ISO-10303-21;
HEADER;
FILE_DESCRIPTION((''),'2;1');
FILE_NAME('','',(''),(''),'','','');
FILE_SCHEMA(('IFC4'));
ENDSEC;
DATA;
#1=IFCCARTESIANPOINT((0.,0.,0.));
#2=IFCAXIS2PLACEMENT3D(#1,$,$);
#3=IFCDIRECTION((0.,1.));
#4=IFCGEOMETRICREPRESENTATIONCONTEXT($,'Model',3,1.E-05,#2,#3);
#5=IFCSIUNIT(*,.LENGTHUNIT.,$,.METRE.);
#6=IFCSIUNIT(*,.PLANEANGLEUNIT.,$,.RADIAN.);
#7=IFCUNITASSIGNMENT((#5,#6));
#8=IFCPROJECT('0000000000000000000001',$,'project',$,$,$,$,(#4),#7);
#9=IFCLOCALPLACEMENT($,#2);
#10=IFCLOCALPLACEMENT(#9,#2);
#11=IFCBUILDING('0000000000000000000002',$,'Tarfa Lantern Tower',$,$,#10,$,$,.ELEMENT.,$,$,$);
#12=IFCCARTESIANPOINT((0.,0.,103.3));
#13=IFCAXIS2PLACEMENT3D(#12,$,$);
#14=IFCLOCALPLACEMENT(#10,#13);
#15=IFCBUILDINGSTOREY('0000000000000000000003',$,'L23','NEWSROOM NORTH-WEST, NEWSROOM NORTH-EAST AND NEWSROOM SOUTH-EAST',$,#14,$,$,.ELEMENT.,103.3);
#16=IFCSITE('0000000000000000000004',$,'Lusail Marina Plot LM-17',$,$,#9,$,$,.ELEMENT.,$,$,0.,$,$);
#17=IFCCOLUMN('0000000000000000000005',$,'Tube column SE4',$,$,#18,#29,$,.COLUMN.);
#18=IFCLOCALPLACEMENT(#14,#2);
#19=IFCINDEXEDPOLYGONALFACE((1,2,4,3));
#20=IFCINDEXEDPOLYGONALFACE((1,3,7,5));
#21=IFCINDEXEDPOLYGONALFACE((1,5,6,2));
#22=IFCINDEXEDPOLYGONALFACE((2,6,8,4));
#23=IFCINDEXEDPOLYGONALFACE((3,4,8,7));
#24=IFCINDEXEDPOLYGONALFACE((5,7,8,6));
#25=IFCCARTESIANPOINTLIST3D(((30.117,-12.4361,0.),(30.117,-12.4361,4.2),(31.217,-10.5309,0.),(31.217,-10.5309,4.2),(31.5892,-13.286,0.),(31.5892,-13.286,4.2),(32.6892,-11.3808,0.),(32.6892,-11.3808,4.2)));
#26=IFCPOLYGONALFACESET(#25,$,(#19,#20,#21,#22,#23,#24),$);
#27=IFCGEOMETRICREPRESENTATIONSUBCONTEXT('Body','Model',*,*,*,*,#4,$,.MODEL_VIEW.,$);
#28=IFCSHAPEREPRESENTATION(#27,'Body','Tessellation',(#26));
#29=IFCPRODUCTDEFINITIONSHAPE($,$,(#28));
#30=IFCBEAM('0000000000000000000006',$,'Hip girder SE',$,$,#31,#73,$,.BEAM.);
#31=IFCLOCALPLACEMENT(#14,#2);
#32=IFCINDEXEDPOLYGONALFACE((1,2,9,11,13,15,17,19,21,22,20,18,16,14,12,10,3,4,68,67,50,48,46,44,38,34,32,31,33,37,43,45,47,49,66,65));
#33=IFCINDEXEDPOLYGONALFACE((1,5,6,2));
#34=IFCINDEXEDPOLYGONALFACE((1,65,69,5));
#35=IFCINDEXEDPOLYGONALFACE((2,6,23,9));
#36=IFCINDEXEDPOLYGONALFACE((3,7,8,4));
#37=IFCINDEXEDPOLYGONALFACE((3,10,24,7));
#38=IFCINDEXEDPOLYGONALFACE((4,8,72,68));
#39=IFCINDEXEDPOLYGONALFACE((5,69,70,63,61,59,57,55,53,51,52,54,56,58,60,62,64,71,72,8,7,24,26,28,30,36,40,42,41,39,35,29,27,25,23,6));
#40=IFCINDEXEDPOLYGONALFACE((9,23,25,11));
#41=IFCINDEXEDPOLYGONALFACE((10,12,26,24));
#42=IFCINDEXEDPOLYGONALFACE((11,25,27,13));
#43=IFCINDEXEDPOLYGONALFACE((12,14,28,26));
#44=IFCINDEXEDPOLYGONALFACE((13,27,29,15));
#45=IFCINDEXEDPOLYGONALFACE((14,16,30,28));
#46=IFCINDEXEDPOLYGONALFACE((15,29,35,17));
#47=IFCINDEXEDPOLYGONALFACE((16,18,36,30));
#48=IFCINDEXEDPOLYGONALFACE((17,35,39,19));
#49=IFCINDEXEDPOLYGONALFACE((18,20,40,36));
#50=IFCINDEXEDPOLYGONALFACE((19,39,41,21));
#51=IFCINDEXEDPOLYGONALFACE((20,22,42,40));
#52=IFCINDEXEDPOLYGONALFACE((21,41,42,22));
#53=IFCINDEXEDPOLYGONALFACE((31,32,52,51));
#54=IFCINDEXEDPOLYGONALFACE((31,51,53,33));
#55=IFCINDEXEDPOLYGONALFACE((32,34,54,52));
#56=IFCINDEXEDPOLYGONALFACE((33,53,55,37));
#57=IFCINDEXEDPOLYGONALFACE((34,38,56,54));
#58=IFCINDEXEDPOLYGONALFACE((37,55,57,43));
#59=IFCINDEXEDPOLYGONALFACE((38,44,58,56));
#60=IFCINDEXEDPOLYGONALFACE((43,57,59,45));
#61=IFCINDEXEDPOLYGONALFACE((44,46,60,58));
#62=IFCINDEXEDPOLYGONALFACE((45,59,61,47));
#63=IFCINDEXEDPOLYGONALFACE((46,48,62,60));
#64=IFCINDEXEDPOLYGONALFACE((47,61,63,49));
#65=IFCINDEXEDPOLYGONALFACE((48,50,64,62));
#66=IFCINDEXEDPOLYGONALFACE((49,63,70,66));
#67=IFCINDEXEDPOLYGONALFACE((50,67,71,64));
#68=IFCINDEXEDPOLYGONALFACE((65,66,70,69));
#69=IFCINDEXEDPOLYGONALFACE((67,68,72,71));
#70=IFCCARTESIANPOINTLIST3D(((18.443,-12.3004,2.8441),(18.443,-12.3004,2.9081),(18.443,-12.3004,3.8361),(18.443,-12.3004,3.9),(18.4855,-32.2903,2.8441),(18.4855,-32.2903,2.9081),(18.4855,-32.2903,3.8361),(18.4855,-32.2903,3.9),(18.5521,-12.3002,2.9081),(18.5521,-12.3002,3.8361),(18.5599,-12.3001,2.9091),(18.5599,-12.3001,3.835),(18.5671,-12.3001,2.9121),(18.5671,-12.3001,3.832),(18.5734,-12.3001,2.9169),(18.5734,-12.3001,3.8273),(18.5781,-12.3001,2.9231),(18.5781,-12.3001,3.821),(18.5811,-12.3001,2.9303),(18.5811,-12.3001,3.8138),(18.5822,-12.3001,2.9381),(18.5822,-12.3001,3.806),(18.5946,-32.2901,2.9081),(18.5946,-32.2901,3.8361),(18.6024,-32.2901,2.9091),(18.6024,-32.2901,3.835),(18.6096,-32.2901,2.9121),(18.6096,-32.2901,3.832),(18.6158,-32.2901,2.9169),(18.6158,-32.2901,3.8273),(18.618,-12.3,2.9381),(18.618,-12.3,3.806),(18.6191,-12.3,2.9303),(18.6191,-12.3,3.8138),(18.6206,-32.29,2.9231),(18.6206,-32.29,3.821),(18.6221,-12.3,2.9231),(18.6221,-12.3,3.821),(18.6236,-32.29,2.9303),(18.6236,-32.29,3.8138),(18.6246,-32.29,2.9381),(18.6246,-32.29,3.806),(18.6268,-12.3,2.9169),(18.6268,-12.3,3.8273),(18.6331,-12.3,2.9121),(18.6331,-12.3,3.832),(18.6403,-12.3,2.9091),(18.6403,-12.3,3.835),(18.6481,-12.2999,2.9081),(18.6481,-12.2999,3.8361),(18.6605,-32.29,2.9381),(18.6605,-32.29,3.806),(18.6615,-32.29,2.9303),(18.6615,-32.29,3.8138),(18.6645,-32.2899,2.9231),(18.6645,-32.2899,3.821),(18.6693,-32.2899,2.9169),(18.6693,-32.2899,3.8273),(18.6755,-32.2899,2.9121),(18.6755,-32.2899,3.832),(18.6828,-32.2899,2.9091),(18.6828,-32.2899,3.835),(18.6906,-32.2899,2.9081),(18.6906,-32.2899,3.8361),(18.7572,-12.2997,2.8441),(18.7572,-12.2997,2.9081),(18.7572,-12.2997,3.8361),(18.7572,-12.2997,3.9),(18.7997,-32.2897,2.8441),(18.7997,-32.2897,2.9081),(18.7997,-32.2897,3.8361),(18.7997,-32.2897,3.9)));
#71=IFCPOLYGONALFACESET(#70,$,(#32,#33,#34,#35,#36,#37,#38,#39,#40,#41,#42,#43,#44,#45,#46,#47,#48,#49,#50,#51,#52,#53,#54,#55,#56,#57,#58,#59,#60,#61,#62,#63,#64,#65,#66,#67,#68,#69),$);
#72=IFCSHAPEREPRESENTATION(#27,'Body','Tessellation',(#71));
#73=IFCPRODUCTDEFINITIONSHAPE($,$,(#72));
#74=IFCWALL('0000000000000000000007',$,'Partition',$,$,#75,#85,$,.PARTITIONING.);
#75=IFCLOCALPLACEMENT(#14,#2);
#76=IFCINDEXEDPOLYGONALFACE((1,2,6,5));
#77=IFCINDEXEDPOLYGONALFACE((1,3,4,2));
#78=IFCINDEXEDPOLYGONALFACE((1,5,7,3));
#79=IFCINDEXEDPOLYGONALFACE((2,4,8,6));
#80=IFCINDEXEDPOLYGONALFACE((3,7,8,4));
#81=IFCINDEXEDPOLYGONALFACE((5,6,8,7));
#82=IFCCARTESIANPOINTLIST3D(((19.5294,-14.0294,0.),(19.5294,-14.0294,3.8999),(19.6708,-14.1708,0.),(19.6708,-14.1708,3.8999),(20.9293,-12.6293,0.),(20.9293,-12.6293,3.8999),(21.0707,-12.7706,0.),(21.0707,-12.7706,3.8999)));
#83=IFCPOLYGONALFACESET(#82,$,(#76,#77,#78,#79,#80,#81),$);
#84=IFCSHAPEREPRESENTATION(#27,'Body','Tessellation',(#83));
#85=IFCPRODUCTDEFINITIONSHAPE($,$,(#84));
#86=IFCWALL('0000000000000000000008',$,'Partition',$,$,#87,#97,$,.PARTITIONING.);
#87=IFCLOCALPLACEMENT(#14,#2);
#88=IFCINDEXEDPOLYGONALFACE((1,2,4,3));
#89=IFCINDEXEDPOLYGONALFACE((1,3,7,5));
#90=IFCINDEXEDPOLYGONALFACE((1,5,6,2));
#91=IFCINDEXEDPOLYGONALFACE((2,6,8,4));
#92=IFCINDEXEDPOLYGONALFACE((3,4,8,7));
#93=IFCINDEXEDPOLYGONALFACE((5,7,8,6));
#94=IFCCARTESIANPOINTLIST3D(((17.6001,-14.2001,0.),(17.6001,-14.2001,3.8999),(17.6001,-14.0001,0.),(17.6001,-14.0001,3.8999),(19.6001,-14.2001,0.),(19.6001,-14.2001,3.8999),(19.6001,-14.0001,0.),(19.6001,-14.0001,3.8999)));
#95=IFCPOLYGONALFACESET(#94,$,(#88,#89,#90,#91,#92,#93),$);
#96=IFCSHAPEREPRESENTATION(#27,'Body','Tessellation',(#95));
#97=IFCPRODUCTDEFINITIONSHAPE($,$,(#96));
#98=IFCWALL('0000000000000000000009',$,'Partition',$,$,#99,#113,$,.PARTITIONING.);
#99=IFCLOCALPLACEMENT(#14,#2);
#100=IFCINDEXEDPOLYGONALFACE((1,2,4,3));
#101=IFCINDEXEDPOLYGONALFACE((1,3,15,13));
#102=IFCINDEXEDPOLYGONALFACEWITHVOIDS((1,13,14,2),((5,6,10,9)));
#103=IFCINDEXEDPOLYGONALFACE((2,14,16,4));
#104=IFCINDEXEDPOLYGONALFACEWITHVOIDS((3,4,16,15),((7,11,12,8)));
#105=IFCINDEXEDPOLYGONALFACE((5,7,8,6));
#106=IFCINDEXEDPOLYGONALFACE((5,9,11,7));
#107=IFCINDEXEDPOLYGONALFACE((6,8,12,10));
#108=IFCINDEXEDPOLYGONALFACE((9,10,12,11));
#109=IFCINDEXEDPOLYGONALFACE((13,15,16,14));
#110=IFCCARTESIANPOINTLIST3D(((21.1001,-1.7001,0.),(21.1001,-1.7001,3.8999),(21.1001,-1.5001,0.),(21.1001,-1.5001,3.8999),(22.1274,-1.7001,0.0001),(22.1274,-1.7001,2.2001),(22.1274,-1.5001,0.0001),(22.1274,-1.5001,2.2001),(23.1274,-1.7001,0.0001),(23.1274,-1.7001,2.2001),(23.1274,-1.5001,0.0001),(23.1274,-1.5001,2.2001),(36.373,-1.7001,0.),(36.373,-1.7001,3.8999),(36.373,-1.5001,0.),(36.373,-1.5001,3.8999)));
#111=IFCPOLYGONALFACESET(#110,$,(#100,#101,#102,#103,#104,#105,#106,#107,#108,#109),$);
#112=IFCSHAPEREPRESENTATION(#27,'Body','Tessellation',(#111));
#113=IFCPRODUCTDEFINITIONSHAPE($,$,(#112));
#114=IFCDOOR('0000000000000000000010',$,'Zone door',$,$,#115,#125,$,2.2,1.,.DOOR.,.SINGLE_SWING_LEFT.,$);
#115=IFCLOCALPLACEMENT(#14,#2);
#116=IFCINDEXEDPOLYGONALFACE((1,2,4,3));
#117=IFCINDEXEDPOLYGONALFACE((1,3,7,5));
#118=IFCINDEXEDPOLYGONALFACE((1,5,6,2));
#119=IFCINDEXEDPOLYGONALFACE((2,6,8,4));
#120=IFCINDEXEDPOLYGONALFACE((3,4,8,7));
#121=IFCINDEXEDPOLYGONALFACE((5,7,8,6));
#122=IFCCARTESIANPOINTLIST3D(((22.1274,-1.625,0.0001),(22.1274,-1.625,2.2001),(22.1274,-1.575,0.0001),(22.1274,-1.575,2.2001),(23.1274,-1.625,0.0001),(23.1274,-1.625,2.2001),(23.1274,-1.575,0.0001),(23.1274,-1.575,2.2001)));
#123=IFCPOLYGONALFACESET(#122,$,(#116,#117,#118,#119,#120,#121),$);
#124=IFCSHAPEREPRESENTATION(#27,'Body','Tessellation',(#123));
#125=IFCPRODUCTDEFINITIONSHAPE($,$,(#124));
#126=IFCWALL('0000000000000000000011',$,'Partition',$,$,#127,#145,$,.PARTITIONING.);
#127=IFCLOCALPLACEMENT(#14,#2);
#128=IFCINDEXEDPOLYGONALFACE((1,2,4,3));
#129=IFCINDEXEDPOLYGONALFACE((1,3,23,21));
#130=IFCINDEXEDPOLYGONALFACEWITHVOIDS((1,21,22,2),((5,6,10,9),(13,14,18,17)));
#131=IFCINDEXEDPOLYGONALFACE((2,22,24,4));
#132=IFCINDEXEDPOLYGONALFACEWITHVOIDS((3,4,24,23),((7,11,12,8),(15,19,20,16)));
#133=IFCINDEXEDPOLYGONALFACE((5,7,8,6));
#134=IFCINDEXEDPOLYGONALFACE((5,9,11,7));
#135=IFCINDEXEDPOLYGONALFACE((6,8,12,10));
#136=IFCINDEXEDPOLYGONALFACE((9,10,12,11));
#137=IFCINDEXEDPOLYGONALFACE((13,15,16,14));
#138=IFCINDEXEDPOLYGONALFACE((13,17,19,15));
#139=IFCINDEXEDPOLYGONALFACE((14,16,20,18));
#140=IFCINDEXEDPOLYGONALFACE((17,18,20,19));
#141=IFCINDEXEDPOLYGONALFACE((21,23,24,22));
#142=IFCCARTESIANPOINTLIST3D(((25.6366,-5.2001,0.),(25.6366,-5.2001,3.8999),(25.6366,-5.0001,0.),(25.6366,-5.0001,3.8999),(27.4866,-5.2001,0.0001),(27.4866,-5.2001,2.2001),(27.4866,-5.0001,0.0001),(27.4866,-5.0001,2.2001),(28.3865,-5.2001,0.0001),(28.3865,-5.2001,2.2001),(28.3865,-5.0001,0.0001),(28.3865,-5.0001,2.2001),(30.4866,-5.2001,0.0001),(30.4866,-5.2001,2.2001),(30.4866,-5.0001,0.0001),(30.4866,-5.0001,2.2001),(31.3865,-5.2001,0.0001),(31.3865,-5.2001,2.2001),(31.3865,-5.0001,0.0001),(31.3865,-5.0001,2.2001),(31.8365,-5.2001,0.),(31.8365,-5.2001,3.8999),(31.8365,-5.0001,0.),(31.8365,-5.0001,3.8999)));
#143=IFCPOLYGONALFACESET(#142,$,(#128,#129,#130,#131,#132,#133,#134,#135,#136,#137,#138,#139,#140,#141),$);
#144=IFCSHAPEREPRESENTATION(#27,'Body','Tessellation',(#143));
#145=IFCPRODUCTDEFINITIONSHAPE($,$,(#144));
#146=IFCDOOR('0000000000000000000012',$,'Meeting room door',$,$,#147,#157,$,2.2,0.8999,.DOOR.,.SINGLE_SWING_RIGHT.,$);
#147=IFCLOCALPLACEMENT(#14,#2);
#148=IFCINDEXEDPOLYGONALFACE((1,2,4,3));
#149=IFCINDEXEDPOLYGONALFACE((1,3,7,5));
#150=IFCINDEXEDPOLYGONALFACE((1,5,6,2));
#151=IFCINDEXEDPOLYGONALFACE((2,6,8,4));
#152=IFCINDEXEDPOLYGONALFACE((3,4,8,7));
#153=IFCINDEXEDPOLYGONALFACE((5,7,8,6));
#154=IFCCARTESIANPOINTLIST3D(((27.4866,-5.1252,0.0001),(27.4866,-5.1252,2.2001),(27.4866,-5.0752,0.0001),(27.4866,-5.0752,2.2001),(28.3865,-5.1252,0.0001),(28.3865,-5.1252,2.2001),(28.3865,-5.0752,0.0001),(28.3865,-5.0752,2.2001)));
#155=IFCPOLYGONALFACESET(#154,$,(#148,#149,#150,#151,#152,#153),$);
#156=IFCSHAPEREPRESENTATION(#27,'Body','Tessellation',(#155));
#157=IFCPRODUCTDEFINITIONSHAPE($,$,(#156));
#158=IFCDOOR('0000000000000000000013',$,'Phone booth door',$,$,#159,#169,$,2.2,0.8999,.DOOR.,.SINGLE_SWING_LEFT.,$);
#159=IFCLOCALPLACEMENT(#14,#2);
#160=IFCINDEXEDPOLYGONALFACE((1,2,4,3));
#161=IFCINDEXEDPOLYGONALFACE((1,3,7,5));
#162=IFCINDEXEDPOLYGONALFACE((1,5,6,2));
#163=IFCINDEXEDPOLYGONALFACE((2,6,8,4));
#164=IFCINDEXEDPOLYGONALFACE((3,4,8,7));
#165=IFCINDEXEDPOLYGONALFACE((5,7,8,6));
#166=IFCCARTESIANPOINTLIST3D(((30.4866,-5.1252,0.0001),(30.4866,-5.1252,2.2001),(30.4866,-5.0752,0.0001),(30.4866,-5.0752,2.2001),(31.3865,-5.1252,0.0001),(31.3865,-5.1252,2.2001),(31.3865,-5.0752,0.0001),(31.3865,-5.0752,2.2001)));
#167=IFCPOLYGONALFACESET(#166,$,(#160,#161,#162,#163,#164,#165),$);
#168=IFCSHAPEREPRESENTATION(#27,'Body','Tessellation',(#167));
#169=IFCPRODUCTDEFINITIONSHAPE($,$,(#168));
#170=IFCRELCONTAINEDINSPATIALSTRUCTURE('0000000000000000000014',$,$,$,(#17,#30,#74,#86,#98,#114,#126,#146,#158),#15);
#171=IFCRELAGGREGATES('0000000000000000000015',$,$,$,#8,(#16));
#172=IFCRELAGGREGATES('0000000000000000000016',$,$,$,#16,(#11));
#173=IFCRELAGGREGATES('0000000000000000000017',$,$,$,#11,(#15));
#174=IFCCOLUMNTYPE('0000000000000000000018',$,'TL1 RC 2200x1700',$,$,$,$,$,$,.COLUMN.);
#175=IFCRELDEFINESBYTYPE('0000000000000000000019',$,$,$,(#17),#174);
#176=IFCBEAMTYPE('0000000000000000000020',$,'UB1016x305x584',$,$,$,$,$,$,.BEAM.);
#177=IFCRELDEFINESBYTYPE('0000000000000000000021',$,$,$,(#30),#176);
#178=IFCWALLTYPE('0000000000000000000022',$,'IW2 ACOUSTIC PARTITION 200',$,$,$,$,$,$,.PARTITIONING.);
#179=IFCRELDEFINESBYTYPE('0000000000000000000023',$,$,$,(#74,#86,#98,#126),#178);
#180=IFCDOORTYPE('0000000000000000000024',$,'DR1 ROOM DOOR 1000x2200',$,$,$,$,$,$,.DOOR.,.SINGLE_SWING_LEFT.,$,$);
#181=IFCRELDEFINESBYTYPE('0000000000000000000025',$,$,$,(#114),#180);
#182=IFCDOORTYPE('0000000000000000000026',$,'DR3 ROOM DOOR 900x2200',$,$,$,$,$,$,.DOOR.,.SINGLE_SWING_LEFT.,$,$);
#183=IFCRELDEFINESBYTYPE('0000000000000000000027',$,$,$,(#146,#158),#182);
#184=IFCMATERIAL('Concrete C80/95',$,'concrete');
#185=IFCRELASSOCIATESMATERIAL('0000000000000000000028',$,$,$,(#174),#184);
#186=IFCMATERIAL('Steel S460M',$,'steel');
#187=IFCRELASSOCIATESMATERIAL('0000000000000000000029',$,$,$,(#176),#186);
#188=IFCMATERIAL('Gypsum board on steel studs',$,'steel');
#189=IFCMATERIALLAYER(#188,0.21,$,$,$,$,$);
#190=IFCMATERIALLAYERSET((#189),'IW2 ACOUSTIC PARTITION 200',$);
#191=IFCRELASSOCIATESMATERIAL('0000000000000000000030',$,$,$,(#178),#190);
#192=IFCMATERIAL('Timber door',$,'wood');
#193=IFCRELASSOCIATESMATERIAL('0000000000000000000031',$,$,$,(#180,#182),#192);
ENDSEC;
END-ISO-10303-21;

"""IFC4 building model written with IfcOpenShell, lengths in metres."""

from ifc_helpers import new_model, si_unit, direction, frame, frame_2d, origin, origin_2d, place, context, subcontext, project, spatial, rectangle, i_section, extrude, material, layer, layer_set, material_profile, profile_set, type_object, element, fill, save


model = new_model("IFC4")

# Units and contexts
model_context = context("Model", 3, precision=1e-05, world=origin(), true_north=direction((0.0, 1.0)))
body_context = subcontext(model_context, "Body", "Model", "MODEL_VIEW")
ifc_project = project(units=[si_unit("LENGTHUNIT", "METRE"), si_unit("PLANEANGLEUNIT", "RADIAN")], contexts=[model_context])

# Site, building, storey
site_placement = place(None, origin())
site = spatial("IfcSite", under=ifc_project, at=site_placement, Name="Lusail Marina Plot LM-17", CompositionType="ELEMENT", RefElevation=0.0)
building_placement = place(site_placement, origin())
building = spatial("IfcBuilding", under=site, at=building_placement, Name="Tarfa Lantern Tower", CompositionType="ELEMENT")
storey_placement = place(building_placement, frame((0.0, 0.0, 103.3)))
storey = spatial("IfcBuildingStorey", under=building, at=storey_placement, Name="L23", Description="NEWSROOM NORTH-WEST, NEWSROOM NORTH-EAST AND NEWSROOM SOUTH-EAST", CompositionType="ELEMENT", Elevation=103.3)

# Column
ifc_material_1 = material(Name="Concrete C80/95", Category="concrete")
ifc_material_profile_1 = material_profile(ifc_material_1, rectangle(XDim=2.2, YDim=1.7, at=origin_2d()), Name="RC 2200x1700")
ifc_profile_set_1 = profile_set([ifc_material_profile_1], Name="Concrete C80/95")
column_type = type_object("IfcColumnType", Name="TL1 RC 2200x1700", PredefinedType="COLUMN", material=ifc_profile_set_1)
column_placement = place(storey_placement, frame((31.4031, -11.9084, 0.0), z_axis=(0.0, 0.0, 1.0), x_axis=(0.5, 0.866025, 0.0)))
element("IfcColumn", 1, at=column_placement, inside=storey, type_object=column_type, Name="Tube column SE4", PredefinedType="COLUMN", context=body_context, shape_type="SweptSolid", body=[
    extrude(rectangle(XDim=2.2, YDim=1.7, at=origin_2d()), origin(), (0.0, 0.0, 1.0), 4.2),
])

# Beam
ifc_material_2 = material(Name="Steel S460M", Category="steel")
ifc_material_profile_2 = material_profile(ifc_material_2, i_section(OverallWidth=0.3142, OverallDepth=1.0559, WebThickness=0.0359, FlangeThickness=0.064, FilletRadius=0.03, at=origin_2d()), Name="UB1016x305x584")
ifc_profile_set_2 = profile_set([ifc_material_profile_2], Name="Steel S460M")
beam_type = type_object("IfcBeamType", Name="UB1016x305x584", PredefinedType="BEAM", material=ifc_profile_set_2)
beam_placement = place(storey_placement, frame((18.6001, -12.3, 3.3721), z_axis=(0.002125, -0.999998, 0.0), x_axis=(0.999998, 0.002125, 0.0)))
element("IfcBeam", 2, at=beam_placement, inside=storey, type_object=beam_type, Name="Hip girder SE", PredefinedType="BEAM", context=body_context, shape_type="SweptSolid", body=[
    extrude(i_section(OverallWidth=0.3142, OverallDepth=1.0559, WebThickness=0.0359, FlangeThickness=0.064, FilletRadius=0.03, at=origin_2d()), origin(), (0.0, 0.0, 1.0), 19.99),
])

# Walls
ifc_material_3 = material(Name="Gypsum board on steel studs", Category="steel")
ifc_layer_1 = layer(ifc_material_3, 0.21)
ifc_layer_set_1 = layer_set([ifc_layer_1], Name="IW2 ACOUSTIC PARTITION 200")
wall_type_1 = type_object("IfcWallType", Name="IW2 ACOUSTIC PARTITION 200", PredefinedType="PARTITIONING", material=ifc_layer_set_1)
wall_1_placement = place(storey_placement, frame((21.0, -12.7, 0.0), z_axis=(0.0, 0.0, 1.0), x_axis=(-0.707045, -0.707168, 0.0)))
element("IfcWall", 3, at=wall_1_placement, inside=storey, type_object=wall_type_1, Name="Partition", PredefinedType="PARTITIONING", context=body_context, shape_type="SweptSolid", body=[
    extrude(rectangle(XDim=1.98, YDim=0.2, at=frame_2d((0.99, 0.0))), origin(), (0.0, 0.0, 1.0), 3.8999),
])
wall_2_placement = place(storey_placement, frame((19.6001, -14.1001, 0.0), z_axis=(0.0, 0.0, 1.0), x_axis=(-1.0, 0.0, 0.0)))
element("IfcWall", 4, at=wall_2_placement, inside=storey, type_object=wall_type_1, Name="Partition", PredefinedType="PARTITIONING", context=body_context, shape_type="SweptSolid", body=[
    extrude(rectangle(XDim=2.0, YDim=0.2, at=frame_2d((1.0, 0.0))), origin(), (0.0, 0.0, 1.0), 3.8999),
])

# Wall, opening, door
wall_3_placement = place(storey_placement, frame((21.1001, -1.6001, 0.0), z_axis=(0.0, 0.0, 1.0), x_axis=(1.0, 0.0, 0.0)))
wall_3 = element("IfcWall", 5, at=wall_3_placement, inside=storey, type_object=wall_type_1, Name="Partition", PredefinedType="PARTITIONING", context=body_context, shape_type="SweptSolid", body=[
    extrude(rectangle(XDim=15.2729, YDim=0.2, at=frame_2d((7.6365, 0.0))), origin(), (0.0, 0.0, 1.0), 3.8999),
])
opening_1_placement = place(wall_3_placement, frame((1.0273, 0.0, 0.0)))
opening_1 = element("IfcOpeningElement", 6, at=opening_1_placement, cuts=wall_3, PredefinedType="OPENING", context=body_context, shape_type="SweptSolid", body=[
    extrude(rectangle(XDim=1.0, YDim=2.2, at=frame_2d((0.5, 1.1001))), frame((0.0, 0.1099, 0.0), z_axis=(0.0, -1.0, 0.0), x_axis=(1.0, 0.0, 0.0)), (0.0, 0.0, 1.0), 0.22),
])
ifc_material_4 = material(Name="Timber door", Category="wood")
door_type_1 = type_object("IfcDoorType", Name="DR1 ROOM DOOR 1000x2200", OperationType="SINGLE_SWING_LEFT", PredefinedType="DOOR", material=ifc_material_4)
door_1_placement = place(opening_1_placement, frame((1.0, 0.0, 0.0), z_axis=(0.0, 0.0, 1.0), x_axis=(-1.0, 0.0, 0.0)))
door_1 = element("IfcDoor", 7, at=door_1_placement, inside=storey, type_object=door_type_1, Name="Zone door", OperationType="SINGLE_SWING_LEFT", OverallHeight=2.2, OverallWidth=1.0, PredefinedType="DOOR", context=body_context, shape_type="SweptSolid", body=[
    extrude(rectangle(XDim=1.0, YDim=2.2, at=frame_2d((0.5, 1.1001))), frame((0.0, 0.0249, 0.0), z_axis=(0.0, -1.0, 0.0), x_axis=(1.0, 0.0, 0.0)), (0.0, 0.0, 1.0), 0.05),
])
fill(opening_1, door_1)

# Wall, openings, doors
wall_4_placement = place(storey_placement, frame((25.6365, -5.1001, 0.0), z_axis=(0.0, 0.0, 1.0), x_axis=(1.0, 0.0, 0.0)))
wall_4 = element("IfcWall", 8, at=wall_4_placement, inside=storey, type_object=wall_type_1, Name="Partition", PredefinedType="PARTITIONING", context=body_context, shape_type="SweptSolid", body=[
    extrude(rectangle(XDim=6.2, YDim=0.2, at=frame_2d((3.1001, 0.0))), origin(), (0.0, 0.0, 1.0), 3.8999),
])
opening_2_placement = place(wall_4_placement, frame((1.8501, 0.0, 0.0)))
opening_2 = element("IfcOpeningElement", 9, at=opening_2_placement, cuts=wall_4, PredefinedType="OPENING", context=body_context, shape_type="SweptSolid", body=[
    extrude(rectangle(XDim=0.8999, YDim=2.2, at=frame_2d((0.45, 1.1001))), frame((0.0, 0.1099, 0.0), z_axis=(0.0, -1.0, 0.0), x_axis=(1.0, 0.0, 0.0)), (0.0, 0.0, 1.0), 0.22),
])
opening_3_placement = place(wall_4_placement, frame((4.8501, 0.0, 0.0)))
opening_3 = element("IfcOpeningElement", 10, at=opening_3_placement, cuts=wall_4, PredefinedType="OPENING", context=body_context, shape_type="SweptSolid", body=[
    extrude(rectangle(XDim=0.8999, YDim=2.2, at=frame_2d((0.45, 1.1001))), frame((0.0, 0.1099, 0.0), z_axis=(0.0, -1.0, 0.0), x_axis=(1.0, 0.0, 0.0)), (0.0, 0.0, 1.0), 0.22),
])
door_type_2 = type_object("IfcDoorType", Name="DR3 ROOM DOOR 900x2200", OperationType="SINGLE_SWING_LEFT", PredefinedType="DOOR", material=ifc_material_4)
door_2_placement = place(opening_2_placement, origin())
door_2 = element("IfcDoor", 11, at=door_2_placement, inside=storey, type_object=door_type_2, Name="Meeting room door", OperationType="SINGLE_SWING_RIGHT", OverallHeight=2.2, OverallWidth=0.8999, PredefinedType="DOOR", context=body_context, shape_type="SweptSolid", body=[
    extrude(rectangle(XDim=0.8999, YDim=2.2, at=frame_2d((0.45, 1.1001))), frame((0.0, 0.0249, 0.0), z_axis=(0.0, -1.0, 0.0), x_axis=(1.0, 0.0, 0.0)), (0.0, 0.0, 1.0), 0.05),
])
fill(opening_2, door_2)
door_3_placement = place(opening_3_placement, origin())
door_3 = element("IfcDoor", 12, at=door_3_placement, inside=storey, type_object=door_type_2, Name="Phone booth door", OperationType="SINGLE_SWING_LEFT", OverallHeight=2.2, OverallWidth=0.8999, PredefinedType="DOOR", context=body_context, shape_type="SweptSolid", body=[
    extrude(rectangle(XDim=0.8999, YDim=2.2, at=frame_2d((0.45, 1.1001))), frame((0.0, 0.0249, 0.0), z_axis=(0.0, -1.0, 0.0), x_axis=(1.0, 0.0, 0.0)), (0.0, 0.0, 1.0), 0.05),
])
fill(opening_3, door_3)

save(model, "model.ifc")
